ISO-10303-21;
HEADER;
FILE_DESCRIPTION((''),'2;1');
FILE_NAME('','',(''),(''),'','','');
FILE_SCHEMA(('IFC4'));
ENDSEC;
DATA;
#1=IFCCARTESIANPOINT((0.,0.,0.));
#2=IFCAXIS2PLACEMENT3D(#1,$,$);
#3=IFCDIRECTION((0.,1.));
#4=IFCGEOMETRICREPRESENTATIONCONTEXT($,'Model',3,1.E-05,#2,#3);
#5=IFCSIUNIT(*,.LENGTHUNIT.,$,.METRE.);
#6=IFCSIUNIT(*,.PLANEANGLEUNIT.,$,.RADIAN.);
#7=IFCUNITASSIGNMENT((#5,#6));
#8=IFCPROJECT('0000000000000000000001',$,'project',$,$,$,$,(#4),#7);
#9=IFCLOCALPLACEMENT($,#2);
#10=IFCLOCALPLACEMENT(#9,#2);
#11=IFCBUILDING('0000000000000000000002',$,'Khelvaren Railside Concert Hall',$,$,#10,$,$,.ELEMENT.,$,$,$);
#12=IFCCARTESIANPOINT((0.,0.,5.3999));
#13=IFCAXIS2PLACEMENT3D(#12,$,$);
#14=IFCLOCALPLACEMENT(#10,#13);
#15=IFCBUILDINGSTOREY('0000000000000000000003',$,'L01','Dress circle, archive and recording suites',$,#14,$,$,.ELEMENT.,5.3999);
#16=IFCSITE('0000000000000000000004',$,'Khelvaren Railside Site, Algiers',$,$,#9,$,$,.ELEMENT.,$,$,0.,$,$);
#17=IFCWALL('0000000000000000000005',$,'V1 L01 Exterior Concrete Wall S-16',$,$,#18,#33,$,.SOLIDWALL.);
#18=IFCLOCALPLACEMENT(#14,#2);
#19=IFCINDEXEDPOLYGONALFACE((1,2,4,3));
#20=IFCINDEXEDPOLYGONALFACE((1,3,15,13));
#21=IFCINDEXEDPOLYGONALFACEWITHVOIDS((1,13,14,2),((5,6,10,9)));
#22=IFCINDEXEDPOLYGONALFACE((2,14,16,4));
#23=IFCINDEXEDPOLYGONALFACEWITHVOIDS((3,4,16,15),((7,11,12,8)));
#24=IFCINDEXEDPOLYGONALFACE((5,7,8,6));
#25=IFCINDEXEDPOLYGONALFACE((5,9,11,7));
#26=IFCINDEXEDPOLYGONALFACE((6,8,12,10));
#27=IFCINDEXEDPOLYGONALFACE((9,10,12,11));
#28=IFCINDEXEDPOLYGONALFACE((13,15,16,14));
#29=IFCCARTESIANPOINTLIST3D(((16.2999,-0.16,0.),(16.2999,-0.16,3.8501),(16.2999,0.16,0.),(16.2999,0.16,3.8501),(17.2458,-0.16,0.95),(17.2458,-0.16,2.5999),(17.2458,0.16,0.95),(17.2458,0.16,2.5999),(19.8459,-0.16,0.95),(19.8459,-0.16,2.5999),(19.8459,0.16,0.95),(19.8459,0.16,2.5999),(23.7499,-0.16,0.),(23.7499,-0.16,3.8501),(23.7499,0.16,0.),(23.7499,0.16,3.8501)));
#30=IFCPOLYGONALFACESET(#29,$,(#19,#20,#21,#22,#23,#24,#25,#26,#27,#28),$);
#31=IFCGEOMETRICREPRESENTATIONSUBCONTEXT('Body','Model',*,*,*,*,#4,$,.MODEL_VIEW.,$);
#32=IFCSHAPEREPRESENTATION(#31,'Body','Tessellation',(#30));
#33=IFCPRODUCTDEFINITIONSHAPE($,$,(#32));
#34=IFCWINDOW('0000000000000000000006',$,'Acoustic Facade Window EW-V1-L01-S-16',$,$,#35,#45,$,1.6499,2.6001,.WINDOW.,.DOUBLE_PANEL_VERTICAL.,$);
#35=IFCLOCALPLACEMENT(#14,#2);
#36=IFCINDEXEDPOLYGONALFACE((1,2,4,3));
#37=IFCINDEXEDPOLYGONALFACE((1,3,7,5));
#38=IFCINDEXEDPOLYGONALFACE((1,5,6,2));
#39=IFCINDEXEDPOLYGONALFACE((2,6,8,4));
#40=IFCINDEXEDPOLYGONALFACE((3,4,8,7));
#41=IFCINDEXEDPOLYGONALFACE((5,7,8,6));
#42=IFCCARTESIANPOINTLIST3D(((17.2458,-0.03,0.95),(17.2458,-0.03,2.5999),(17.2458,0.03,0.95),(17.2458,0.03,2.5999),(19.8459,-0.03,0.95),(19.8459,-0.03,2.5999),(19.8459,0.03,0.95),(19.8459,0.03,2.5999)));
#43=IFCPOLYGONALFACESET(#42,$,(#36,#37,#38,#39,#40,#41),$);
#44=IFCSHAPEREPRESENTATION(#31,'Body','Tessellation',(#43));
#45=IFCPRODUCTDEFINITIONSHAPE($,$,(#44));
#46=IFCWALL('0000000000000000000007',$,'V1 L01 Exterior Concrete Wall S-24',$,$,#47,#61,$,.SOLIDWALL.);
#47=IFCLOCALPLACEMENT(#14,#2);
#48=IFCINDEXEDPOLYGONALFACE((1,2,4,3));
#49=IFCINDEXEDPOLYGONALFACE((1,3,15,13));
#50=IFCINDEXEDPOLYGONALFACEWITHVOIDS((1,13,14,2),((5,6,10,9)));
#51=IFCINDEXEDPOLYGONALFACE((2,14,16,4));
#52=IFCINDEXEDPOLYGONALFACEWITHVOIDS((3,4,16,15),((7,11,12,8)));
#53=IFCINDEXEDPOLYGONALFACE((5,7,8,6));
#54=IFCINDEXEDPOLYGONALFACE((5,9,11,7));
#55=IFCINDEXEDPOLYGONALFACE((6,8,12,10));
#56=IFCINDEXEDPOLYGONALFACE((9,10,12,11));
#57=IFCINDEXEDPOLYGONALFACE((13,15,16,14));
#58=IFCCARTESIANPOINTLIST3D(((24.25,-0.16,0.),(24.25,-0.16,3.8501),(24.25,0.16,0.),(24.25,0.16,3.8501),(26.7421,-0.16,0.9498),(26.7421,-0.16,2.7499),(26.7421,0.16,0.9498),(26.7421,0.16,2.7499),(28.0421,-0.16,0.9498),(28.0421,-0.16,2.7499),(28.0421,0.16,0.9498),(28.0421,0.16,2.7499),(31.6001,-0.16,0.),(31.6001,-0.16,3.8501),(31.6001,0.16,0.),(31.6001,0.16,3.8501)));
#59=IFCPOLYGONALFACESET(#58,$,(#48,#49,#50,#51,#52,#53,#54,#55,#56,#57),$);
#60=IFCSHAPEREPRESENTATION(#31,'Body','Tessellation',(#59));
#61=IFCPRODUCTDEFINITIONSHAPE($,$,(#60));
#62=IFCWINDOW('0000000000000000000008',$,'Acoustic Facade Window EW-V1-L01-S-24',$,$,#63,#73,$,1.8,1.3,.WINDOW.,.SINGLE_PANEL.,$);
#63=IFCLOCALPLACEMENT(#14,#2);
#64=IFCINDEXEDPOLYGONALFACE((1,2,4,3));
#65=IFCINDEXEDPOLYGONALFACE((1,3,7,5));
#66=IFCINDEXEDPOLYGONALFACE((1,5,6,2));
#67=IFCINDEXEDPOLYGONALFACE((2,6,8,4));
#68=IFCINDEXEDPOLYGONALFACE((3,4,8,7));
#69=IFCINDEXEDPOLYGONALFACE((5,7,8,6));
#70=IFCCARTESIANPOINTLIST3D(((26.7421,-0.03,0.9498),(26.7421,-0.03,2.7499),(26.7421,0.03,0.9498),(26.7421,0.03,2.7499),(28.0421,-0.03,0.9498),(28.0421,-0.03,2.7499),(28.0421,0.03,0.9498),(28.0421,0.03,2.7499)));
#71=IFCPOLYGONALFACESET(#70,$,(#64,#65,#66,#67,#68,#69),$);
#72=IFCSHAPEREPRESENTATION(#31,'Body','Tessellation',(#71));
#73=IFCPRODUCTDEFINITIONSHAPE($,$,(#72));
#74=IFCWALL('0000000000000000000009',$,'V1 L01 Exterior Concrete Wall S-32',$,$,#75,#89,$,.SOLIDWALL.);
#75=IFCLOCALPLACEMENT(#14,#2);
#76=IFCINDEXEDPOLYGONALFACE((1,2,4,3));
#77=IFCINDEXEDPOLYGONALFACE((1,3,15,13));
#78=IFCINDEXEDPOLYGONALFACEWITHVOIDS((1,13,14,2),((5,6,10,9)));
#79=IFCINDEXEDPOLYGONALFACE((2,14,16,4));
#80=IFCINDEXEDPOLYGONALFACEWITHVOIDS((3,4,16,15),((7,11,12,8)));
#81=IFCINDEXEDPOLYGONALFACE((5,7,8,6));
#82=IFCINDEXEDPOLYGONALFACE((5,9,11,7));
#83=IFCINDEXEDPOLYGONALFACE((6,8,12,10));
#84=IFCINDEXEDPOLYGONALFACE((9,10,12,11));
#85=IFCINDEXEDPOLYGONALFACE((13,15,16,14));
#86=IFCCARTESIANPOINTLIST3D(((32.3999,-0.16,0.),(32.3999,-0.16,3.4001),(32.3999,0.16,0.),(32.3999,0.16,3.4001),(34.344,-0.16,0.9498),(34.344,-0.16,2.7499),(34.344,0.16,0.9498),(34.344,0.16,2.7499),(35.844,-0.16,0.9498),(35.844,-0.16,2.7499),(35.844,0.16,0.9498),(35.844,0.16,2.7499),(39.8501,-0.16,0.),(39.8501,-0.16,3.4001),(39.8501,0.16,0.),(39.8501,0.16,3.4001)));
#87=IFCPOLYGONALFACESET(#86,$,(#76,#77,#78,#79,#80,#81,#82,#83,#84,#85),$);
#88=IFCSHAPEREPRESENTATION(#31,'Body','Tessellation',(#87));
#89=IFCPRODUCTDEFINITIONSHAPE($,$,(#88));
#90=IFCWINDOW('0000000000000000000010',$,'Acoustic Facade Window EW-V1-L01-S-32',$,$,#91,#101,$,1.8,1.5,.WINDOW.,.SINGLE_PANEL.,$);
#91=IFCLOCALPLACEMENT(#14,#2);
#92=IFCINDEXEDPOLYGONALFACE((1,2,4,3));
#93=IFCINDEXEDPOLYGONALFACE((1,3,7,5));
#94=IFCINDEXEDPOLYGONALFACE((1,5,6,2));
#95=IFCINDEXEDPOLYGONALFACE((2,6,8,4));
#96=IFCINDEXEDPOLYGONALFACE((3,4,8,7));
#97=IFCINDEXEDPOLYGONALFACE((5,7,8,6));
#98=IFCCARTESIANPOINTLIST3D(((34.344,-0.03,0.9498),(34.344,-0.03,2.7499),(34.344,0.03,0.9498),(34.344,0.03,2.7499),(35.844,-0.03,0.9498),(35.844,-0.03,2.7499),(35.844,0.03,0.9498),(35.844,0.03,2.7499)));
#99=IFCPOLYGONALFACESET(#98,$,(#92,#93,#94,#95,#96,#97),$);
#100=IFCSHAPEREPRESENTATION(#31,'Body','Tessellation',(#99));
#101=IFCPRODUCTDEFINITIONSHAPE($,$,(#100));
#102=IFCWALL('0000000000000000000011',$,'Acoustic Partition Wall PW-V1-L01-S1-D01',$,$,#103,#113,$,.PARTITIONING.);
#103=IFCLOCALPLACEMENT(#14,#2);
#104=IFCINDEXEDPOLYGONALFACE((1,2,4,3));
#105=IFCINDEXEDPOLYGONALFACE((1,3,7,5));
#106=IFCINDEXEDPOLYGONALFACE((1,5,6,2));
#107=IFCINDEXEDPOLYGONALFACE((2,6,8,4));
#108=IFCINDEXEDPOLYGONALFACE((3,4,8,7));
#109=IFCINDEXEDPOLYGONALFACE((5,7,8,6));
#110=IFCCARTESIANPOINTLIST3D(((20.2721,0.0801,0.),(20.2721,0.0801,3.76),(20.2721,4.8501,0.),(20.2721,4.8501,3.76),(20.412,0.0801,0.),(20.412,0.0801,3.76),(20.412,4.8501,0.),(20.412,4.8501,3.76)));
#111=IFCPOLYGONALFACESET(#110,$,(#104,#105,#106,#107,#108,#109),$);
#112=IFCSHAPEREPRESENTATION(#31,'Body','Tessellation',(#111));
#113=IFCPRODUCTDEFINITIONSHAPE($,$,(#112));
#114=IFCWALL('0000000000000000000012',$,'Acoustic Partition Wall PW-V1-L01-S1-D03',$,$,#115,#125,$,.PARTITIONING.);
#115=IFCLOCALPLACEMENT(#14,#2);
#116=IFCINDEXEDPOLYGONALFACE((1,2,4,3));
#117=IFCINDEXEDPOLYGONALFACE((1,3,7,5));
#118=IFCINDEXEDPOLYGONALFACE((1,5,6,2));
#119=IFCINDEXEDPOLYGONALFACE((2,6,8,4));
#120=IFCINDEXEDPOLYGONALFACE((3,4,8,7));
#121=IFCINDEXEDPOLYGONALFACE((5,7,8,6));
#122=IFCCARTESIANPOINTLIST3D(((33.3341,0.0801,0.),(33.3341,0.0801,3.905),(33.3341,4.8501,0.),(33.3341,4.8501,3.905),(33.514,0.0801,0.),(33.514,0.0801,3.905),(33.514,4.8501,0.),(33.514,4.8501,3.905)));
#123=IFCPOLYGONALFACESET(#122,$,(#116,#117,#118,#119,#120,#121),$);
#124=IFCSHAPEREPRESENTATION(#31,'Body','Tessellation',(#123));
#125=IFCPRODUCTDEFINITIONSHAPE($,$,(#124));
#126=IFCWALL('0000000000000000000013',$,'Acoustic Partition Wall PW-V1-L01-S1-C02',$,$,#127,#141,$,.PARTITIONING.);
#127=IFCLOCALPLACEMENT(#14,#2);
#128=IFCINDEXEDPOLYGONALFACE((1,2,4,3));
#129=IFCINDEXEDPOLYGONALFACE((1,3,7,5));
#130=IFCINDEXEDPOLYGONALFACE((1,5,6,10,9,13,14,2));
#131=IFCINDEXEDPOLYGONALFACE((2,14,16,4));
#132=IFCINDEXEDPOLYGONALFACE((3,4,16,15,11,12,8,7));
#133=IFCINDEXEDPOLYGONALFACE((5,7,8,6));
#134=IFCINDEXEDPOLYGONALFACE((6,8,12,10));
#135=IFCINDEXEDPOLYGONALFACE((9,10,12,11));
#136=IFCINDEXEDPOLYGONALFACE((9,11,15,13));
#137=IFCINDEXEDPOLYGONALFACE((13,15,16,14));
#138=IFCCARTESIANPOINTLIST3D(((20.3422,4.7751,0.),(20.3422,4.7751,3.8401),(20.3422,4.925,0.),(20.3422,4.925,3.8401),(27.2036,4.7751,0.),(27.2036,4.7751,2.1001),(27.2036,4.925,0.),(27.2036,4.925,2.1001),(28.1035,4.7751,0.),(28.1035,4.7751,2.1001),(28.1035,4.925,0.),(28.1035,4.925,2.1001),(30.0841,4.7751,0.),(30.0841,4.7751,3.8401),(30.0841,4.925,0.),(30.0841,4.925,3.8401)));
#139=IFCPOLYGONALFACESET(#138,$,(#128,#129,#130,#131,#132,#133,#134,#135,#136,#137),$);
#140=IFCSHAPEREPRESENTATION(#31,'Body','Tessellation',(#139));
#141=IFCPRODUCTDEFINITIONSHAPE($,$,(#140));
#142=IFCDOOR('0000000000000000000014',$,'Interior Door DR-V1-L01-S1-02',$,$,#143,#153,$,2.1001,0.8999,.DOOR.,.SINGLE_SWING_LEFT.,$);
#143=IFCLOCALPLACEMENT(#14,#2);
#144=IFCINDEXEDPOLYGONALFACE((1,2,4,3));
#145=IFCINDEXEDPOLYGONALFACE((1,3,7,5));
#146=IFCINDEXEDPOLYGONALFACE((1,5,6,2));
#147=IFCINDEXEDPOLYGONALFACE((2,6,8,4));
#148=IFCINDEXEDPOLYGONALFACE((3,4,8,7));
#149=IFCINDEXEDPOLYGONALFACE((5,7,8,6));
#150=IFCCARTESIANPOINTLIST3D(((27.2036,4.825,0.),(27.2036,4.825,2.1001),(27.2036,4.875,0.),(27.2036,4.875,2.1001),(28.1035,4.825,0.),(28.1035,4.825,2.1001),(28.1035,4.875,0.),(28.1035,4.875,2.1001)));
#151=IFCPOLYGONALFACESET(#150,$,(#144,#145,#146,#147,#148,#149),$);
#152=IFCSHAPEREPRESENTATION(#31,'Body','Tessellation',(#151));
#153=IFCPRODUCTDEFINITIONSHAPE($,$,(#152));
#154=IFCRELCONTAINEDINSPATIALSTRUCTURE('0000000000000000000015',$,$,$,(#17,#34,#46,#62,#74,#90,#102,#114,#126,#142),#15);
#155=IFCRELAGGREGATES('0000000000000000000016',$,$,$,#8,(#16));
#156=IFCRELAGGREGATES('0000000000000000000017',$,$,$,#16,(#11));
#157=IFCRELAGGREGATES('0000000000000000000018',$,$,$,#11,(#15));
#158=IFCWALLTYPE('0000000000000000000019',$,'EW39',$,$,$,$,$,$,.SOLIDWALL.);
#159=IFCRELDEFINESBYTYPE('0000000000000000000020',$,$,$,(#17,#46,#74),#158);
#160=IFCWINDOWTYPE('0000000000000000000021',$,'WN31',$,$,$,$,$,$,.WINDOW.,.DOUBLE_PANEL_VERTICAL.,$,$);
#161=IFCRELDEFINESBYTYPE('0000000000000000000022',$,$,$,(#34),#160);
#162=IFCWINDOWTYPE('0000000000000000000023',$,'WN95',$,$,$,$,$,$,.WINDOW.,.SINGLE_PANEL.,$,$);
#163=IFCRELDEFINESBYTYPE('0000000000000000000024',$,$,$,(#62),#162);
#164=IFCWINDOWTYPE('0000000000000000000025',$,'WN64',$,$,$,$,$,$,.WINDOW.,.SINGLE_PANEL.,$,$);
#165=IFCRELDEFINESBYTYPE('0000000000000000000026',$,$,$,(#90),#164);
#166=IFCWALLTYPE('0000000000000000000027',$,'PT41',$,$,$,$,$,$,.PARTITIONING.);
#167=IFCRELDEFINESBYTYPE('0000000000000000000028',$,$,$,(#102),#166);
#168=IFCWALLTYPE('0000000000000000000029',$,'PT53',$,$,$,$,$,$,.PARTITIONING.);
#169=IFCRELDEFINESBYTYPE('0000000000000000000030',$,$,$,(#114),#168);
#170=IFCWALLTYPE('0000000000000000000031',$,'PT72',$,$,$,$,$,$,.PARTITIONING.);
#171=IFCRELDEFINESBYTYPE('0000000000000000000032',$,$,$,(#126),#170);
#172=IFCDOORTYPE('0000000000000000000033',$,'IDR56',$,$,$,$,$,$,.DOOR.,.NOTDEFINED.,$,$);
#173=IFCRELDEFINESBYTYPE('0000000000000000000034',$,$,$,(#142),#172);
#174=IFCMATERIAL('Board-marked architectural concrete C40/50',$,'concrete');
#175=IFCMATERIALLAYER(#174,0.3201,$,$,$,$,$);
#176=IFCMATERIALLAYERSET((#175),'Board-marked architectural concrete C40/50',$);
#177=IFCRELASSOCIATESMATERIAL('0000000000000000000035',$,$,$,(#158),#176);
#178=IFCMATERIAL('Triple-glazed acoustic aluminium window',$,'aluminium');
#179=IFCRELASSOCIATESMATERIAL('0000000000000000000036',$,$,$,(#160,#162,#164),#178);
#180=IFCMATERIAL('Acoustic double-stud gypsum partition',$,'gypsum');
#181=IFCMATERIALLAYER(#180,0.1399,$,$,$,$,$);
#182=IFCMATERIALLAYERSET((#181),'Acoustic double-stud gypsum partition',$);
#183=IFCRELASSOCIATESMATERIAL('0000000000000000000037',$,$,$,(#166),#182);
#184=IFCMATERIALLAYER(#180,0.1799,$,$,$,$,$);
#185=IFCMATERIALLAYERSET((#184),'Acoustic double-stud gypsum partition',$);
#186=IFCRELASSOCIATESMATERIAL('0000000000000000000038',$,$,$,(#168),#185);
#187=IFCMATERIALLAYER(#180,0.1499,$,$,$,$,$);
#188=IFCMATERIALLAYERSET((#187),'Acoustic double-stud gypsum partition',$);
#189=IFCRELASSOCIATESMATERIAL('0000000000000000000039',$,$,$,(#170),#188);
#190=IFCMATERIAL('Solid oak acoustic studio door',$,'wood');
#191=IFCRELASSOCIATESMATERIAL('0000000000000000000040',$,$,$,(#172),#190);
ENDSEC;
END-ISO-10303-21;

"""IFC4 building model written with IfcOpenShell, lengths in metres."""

from ifc_helpers import new_model, si_unit, direction, frame, frame_2d, origin, place, context, subcontext, project, spatial, rectangle, extrude, material, layer, layer_set, type_object, element, fill, save


model = new_model("IFC4")

# Units and contexts
model_context = context("Model", 3, precision=1e-05, world=origin(), true_north=direction((0.0, 1.0)))
body_context = subcontext(model_context, "Body", "Model", "MODEL_VIEW")
ifc_project = project(units=[si_unit("LENGTHUNIT", "METRE"), si_unit("PLANEANGLEUNIT", "RADIAN")], contexts=[model_context])

# Site, building, storey
site_placement = place(None, origin())
site = spatial("IfcSite", under=ifc_project, at=site_placement, Name="Khelvaren Railside Site, Algiers", CompositionType="ELEMENT", RefElevation=0.0)
building_placement = place(site_placement, origin())
building = spatial("IfcBuilding", under=site, at=building_placement, Name="Khelvaren Railside Concert Hall", CompositionType="ELEMENT")
storey_placement = place(building_placement, frame((0.0, 0.0, 5.3999)))
storey = spatial("IfcBuildingStorey", under=building, at=storey_placement, Name="L01", Description="Dress circle, archive and recording suites", CompositionType="ELEMENT", Elevation=5.3999)

# Walls, openings, windows
ifc_material_1 = material(Name="Board-marked architectural concrete C40/50", Category="concrete")
ifc_layer_1 = layer(ifc_material_1, 0.3201)
ifc_layer_set_1 = layer_set([ifc_layer_1], Name="Board-marked architectural concrete C40/50")
wall_type_1 = type_object("IfcWallType", Name="EW39", PredefinedType="SOLIDWALL", material=ifc_layer_set_1)
wall_1_placement = place(storey_placement, frame((23.75, 0.0, 0.0), z_axis=(0.0, 0.0, 1.0), x_axis=(-1.0, 0.0, 0.0)))
wall_1 = element("IfcWall", 1, at=wall_1_placement, inside=storey, type_object=wall_type_1, Name="V1 L01 Exterior Concrete Wall S-16", PredefinedType="SOLIDWALL", context=body_context, shape_type="SweptSolid", body=[
    extrude(rectangle(XDim=7.45, YDim=0.3201, at=frame_2d((3.7251, 0.0))), origin(), (0.0, 0.0, 1.0), 3.8501),
])
opening_1_placement = place(wall_1_placement, frame((3.9041, 0.0, 0.95)))
opening_1 = element("IfcOpeningElement", 2, at=opening_1_placement, cuts=wall_1, PredefinedType="OPENING", context=body_context, shape_type="SweptSolid", body=[
    extrude(rectangle(XDim=2.6001, YDim=1.6499, at=frame_2d((1.3, 0.825))), frame((0.0, 0.1699, 0.0), z_axis=(0.0, -1.0, 0.0), x_axis=(1.0, 0.0, 0.0)), (0.0, 0.0, 1.0), 0.3401),
])
ifc_material_2 = material(Name="Triple-glazed acoustic aluminium window", Category="aluminium")
window_type_1 = type_object("IfcWindowType", Name="WN31", PartitioningType="DOUBLE_PANEL_VERTICAL", PredefinedType="WINDOW", material=ifc_material_2)
window_1_placement = place(opening_1_placement, origin())
window_1 = element("IfcWindow", 3, at=window_1_placement, inside=storey, type_object=window_type_1, Name="Acoustic Facade Window EW-V1-L01-S-16", OverallHeight=1.6499, OverallWidth=2.6001, PartitioningType="DOUBLE_PANEL_VERTICAL", PredefinedType="WINDOW", context=body_context, shape_type="SweptSolid", body=[
    extrude(rectangle(XDim=2.6001, YDim=1.6499, at=frame_2d((1.3, 0.825))), frame((0.0, 0.03, 0.0), z_axis=(0.0, -1.0, 0.0), x_axis=(1.0, 0.0, 0.0)), (0.0, 0.0, 1.0), 0.0601),
])
fill(opening_1, window_1)
wall_2_placement = place(storey_placement, frame((31.6001, 0.0, 0.0), z_axis=(0.0, 0.0, 1.0), x_axis=(-1.0, 0.0, 0.0)))
wall_2 = element("IfcWall", 4, at=wall_2_placement, inside=storey, type_object=wall_type_1, Name="V1 L01 Exterior Concrete Wall S-24", PredefinedType="SOLIDWALL", context=body_context, shape_type="SweptSolid", body=[
    extrude(rectangle(XDim=7.3501, YDim=0.3201, at=frame_2d((3.675, 0.0))), origin(), (0.0, 0.0, 1.0), 3.8501),
])
opening_2_placement = place(wall_2_placement, frame((3.5581, 0.0, 0.95)))
opening_2 = element("IfcOpeningElement", 5, at=opening_2_placement, cuts=wall_2, PredefinedType="OPENING", context=body_context, shape_type="SweptSolid", body=[
    extrude(rectangle(XDim=1.3, YDim=1.8, at=frame_2d((0.6499, 0.8999))), frame((0.0, 0.1699, 0.0), z_axis=(0.0, -1.0, 0.0), x_axis=(1.0, 0.0, 0.0)), (0.0, 0.0, 1.0), 0.3401),
])
window_type_2 = type_object("IfcWindowType", Name="WN95", PartitioningType="SINGLE_PANEL", PredefinedType="WINDOW", material=ifc_material_2)
window_2_placement = place(opening_2_placement, origin())
window_2 = element("IfcWindow", 6, at=window_2_placement, inside=storey, type_object=window_type_2, Name="Acoustic Facade Window EW-V1-L01-S-24", OverallHeight=1.8, OverallWidth=1.3, PartitioningType="SINGLE_PANEL", PredefinedType="WINDOW", context=body_context, shape_type="SweptSolid", body=[
    extrude(rectangle(XDim=1.3, YDim=1.8, at=frame_2d((0.6499, 0.8999))), frame((0.0, 0.03, 0.0), z_axis=(0.0, -1.0, 0.0), x_axis=(1.0, 0.0, 0.0)), (0.0, 0.0, 1.0), 0.0601),
])
fill(opening_2, window_2)
wall_3_placement = place(storey_placement, frame((39.8501, 0.0, 0.0), z_axis=(0.0, 0.0, 1.0), x_axis=(-1.0, 0.0, 0.0)))
wall_3 = element("IfcWall", 7, at=wall_3_placement, inside=storey, type_object=wall_type_1, Name="V1 L01 Exterior Concrete Wall S-32", PredefinedType="SOLIDWALL", context=body_context, shape_type="SweptSolid", body=[
    extrude(rectangle(XDim=7.4502, YDim=0.3201, at=frame_2d((3.7251, 0.0))), origin(), (0.0, 0.0, 1.0), 3.4001),
])
opening_3_placement = place(wall_3_placement, frame((4.0061, 0.0, 0.95)))
opening_3 = element("IfcOpeningElement", 8, at=opening_3_placement, cuts=wall_3, PredefinedType="OPENING", context=body_context, shape_type="SweptSolid", body=[
    extrude(rectangle(XDim=1.5, YDim=1.8, at=frame_2d((0.75, 0.8999))), frame((0.0, 0.1699, 0.0), z_axis=(0.0, -1.0, 0.0), x_axis=(1.0, 0.0, 0.0)), (0.0, 0.0, 1.0), 0.3401),
])
window_type_3 = type_object("IfcWindowType", Name="WN64", PartitioningType="SINGLE_PANEL", PredefinedType="WINDOW", material=ifc_material_2)
window_3_placement = place(opening_3_placement, origin())
window_3 = element("IfcWindow", 9, at=window_3_placement, inside=storey, type_object=window_type_3, Name="Acoustic Facade Window EW-V1-L01-S-32", OverallHeight=1.8, OverallWidth=1.5, PartitioningType="SINGLE_PANEL", PredefinedType="WINDOW", context=body_context, shape_type="SweptSolid", body=[
    extrude(rectangle(XDim=1.5, YDim=1.8, at=frame_2d((0.75, 0.8999))), frame((0.0, 0.03, 0.0), z_axis=(0.0, -1.0, 0.0), x_axis=(1.0, 0.0, 0.0)), (0.0, 0.0, 1.0), 0.0601),
])
fill(opening_3, window_3)

# Walls
ifc_material_3 = material(Name="Acoustic double-stud gypsum partition", Category="gypsum")
ifc_layer_2 = layer(ifc_material_3, 0.1399)
ifc_layer_set_2 = layer_set([ifc_layer_2], Name="Acoustic double-stud gypsum partition")
wall_type_2 = type_object("IfcWallType", Name="PT41", PredefinedType="PARTITIONING", material=ifc_layer_set_2)
wall_4_placement = place(storey_placement, frame((20.342, 0.0801, 0.0), z_axis=(0.0, 0.0, 1.0), x_axis=(0.0, 1.0, 0.0)))
element("IfcWall", 10, at=wall_4_placement, inside=storey, type_object=wall_type_2, Name="Acoustic Partition Wall PW-V1-L01-S1-D01", PredefinedType="PARTITIONING", context=body_context, shape_type="SweptSolid", body=[
    extrude(rectangle(XDim=4.77, YDim=0.1399, at=frame_2d((2.385, 0.0))), origin(), (0.0, 0.0, 1.0), 3.76),
])
ifc_layer_3 = layer(ifc_material_3, 0.1799)
ifc_layer_set_3 = layer_set([ifc_layer_3], Name="Acoustic double-stud gypsum partition")
wall_type_3 = type_object("IfcWallType", Name="PT53", PredefinedType="PARTITIONING", material=ifc_layer_set_3)
wall_5_placement = place(storey_placement, frame((33.4241, 0.0801, 0.0), z_axis=(0.0, 0.0, 1.0), x_axis=(0.0, 1.0, 0.0)))
element("IfcWall", 11, at=wall_5_placement, inside=storey, type_object=wall_type_3, Name="Acoustic Partition Wall PW-V1-L01-S1-D03", PredefinedType="PARTITIONING", context=body_context, shape_type="SweptSolid", body=[
    extrude(rectangle(XDim=4.77, YDim=0.1799, at=frame_2d((2.385, 0.0))), origin(), (0.0, 0.0, 1.0), 3.905),
])

# Wall, opening, door
ifc_layer_4 = layer(ifc_material_3, 0.1499)
ifc_layer_set_4 = layer_set([ifc_layer_4], Name="Acoustic double-stud gypsum partition")
wall_type_4 = type_object("IfcWallType", Name="PT72", PredefinedType="PARTITIONING", material=ifc_layer_set_4)
wall_6_placement = place(storey_placement, frame((20.342, 4.8501, 0.0), z_axis=(0.0, 0.0, 1.0), x_axis=(1.0, 0.0, 0.0)))
wall_6 = element("IfcWall", 12, at=wall_6_placement, inside=storey, type_object=wall_type_4, Name="Acoustic Partition Wall PW-V1-L01-S1-C02", PredefinedType="PARTITIONING", context=body_context, shape_type="SweptSolid", body=[
    extrude(rectangle(XDim=9.7419, YDim=0.1499, at=frame_2d((4.8711, 0.0))), origin(), (0.0, 0.0, 1.0), 3.8401),
])
opening_4_placement = place(wall_6_placement, frame((6.8616, 0.0, 0.0)))
opening_4 = element("IfcOpeningElement", 13, at=opening_4_placement, cuts=wall_6, PredefinedType="OPENING", context=body_context, shape_type="SweptSolid", body=[
    extrude(rectangle(XDim=0.8999, YDim=2.1001, at=frame_2d((0.45, 1.05))), frame((0.0, 0.085, 0.0), z_axis=(0.0, -1.0, 0.0), x_axis=(1.0, 0.0, 0.0)), (0.0, 0.0, 1.0), 0.1699),
])
ifc_material_4 = material(Name="Solid oak acoustic studio door", Category="wood")
door_type_1 = type_object("IfcDoorType", Name="IDR56", OperationType="NOTDEFINED", PredefinedType="DOOR", material=ifc_material_4)
door_1_placement = place(opening_4_placement, origin())
door_1 = element("IfcDoor", 14, at=door_1_placement, inside=storey, type_object=door_type_1, Name="Interior Door DR-V1-L01-S1-02", OperationType="SINGLE_SWING_LEFT", OverallHeight=2.1001, OverallWidth=0.8999, PredefinedType="DOOR", context=body_context, shape_type="SweptSolid", body=[
    extrude(rectangle(XDim=0.8999, YDim=2.1001, at=frame_2d((0.45, 1.05))), frame((0.0, 0.0249, 0.0), z_axis=(0.0, -1.0, 0.0), x_axis=(1.0, 0.0, 0.0)), (0.0, 0.0, 1.0), 0.05),
])
fill(opening_4, door_1)

save(model, "model.ifc")
